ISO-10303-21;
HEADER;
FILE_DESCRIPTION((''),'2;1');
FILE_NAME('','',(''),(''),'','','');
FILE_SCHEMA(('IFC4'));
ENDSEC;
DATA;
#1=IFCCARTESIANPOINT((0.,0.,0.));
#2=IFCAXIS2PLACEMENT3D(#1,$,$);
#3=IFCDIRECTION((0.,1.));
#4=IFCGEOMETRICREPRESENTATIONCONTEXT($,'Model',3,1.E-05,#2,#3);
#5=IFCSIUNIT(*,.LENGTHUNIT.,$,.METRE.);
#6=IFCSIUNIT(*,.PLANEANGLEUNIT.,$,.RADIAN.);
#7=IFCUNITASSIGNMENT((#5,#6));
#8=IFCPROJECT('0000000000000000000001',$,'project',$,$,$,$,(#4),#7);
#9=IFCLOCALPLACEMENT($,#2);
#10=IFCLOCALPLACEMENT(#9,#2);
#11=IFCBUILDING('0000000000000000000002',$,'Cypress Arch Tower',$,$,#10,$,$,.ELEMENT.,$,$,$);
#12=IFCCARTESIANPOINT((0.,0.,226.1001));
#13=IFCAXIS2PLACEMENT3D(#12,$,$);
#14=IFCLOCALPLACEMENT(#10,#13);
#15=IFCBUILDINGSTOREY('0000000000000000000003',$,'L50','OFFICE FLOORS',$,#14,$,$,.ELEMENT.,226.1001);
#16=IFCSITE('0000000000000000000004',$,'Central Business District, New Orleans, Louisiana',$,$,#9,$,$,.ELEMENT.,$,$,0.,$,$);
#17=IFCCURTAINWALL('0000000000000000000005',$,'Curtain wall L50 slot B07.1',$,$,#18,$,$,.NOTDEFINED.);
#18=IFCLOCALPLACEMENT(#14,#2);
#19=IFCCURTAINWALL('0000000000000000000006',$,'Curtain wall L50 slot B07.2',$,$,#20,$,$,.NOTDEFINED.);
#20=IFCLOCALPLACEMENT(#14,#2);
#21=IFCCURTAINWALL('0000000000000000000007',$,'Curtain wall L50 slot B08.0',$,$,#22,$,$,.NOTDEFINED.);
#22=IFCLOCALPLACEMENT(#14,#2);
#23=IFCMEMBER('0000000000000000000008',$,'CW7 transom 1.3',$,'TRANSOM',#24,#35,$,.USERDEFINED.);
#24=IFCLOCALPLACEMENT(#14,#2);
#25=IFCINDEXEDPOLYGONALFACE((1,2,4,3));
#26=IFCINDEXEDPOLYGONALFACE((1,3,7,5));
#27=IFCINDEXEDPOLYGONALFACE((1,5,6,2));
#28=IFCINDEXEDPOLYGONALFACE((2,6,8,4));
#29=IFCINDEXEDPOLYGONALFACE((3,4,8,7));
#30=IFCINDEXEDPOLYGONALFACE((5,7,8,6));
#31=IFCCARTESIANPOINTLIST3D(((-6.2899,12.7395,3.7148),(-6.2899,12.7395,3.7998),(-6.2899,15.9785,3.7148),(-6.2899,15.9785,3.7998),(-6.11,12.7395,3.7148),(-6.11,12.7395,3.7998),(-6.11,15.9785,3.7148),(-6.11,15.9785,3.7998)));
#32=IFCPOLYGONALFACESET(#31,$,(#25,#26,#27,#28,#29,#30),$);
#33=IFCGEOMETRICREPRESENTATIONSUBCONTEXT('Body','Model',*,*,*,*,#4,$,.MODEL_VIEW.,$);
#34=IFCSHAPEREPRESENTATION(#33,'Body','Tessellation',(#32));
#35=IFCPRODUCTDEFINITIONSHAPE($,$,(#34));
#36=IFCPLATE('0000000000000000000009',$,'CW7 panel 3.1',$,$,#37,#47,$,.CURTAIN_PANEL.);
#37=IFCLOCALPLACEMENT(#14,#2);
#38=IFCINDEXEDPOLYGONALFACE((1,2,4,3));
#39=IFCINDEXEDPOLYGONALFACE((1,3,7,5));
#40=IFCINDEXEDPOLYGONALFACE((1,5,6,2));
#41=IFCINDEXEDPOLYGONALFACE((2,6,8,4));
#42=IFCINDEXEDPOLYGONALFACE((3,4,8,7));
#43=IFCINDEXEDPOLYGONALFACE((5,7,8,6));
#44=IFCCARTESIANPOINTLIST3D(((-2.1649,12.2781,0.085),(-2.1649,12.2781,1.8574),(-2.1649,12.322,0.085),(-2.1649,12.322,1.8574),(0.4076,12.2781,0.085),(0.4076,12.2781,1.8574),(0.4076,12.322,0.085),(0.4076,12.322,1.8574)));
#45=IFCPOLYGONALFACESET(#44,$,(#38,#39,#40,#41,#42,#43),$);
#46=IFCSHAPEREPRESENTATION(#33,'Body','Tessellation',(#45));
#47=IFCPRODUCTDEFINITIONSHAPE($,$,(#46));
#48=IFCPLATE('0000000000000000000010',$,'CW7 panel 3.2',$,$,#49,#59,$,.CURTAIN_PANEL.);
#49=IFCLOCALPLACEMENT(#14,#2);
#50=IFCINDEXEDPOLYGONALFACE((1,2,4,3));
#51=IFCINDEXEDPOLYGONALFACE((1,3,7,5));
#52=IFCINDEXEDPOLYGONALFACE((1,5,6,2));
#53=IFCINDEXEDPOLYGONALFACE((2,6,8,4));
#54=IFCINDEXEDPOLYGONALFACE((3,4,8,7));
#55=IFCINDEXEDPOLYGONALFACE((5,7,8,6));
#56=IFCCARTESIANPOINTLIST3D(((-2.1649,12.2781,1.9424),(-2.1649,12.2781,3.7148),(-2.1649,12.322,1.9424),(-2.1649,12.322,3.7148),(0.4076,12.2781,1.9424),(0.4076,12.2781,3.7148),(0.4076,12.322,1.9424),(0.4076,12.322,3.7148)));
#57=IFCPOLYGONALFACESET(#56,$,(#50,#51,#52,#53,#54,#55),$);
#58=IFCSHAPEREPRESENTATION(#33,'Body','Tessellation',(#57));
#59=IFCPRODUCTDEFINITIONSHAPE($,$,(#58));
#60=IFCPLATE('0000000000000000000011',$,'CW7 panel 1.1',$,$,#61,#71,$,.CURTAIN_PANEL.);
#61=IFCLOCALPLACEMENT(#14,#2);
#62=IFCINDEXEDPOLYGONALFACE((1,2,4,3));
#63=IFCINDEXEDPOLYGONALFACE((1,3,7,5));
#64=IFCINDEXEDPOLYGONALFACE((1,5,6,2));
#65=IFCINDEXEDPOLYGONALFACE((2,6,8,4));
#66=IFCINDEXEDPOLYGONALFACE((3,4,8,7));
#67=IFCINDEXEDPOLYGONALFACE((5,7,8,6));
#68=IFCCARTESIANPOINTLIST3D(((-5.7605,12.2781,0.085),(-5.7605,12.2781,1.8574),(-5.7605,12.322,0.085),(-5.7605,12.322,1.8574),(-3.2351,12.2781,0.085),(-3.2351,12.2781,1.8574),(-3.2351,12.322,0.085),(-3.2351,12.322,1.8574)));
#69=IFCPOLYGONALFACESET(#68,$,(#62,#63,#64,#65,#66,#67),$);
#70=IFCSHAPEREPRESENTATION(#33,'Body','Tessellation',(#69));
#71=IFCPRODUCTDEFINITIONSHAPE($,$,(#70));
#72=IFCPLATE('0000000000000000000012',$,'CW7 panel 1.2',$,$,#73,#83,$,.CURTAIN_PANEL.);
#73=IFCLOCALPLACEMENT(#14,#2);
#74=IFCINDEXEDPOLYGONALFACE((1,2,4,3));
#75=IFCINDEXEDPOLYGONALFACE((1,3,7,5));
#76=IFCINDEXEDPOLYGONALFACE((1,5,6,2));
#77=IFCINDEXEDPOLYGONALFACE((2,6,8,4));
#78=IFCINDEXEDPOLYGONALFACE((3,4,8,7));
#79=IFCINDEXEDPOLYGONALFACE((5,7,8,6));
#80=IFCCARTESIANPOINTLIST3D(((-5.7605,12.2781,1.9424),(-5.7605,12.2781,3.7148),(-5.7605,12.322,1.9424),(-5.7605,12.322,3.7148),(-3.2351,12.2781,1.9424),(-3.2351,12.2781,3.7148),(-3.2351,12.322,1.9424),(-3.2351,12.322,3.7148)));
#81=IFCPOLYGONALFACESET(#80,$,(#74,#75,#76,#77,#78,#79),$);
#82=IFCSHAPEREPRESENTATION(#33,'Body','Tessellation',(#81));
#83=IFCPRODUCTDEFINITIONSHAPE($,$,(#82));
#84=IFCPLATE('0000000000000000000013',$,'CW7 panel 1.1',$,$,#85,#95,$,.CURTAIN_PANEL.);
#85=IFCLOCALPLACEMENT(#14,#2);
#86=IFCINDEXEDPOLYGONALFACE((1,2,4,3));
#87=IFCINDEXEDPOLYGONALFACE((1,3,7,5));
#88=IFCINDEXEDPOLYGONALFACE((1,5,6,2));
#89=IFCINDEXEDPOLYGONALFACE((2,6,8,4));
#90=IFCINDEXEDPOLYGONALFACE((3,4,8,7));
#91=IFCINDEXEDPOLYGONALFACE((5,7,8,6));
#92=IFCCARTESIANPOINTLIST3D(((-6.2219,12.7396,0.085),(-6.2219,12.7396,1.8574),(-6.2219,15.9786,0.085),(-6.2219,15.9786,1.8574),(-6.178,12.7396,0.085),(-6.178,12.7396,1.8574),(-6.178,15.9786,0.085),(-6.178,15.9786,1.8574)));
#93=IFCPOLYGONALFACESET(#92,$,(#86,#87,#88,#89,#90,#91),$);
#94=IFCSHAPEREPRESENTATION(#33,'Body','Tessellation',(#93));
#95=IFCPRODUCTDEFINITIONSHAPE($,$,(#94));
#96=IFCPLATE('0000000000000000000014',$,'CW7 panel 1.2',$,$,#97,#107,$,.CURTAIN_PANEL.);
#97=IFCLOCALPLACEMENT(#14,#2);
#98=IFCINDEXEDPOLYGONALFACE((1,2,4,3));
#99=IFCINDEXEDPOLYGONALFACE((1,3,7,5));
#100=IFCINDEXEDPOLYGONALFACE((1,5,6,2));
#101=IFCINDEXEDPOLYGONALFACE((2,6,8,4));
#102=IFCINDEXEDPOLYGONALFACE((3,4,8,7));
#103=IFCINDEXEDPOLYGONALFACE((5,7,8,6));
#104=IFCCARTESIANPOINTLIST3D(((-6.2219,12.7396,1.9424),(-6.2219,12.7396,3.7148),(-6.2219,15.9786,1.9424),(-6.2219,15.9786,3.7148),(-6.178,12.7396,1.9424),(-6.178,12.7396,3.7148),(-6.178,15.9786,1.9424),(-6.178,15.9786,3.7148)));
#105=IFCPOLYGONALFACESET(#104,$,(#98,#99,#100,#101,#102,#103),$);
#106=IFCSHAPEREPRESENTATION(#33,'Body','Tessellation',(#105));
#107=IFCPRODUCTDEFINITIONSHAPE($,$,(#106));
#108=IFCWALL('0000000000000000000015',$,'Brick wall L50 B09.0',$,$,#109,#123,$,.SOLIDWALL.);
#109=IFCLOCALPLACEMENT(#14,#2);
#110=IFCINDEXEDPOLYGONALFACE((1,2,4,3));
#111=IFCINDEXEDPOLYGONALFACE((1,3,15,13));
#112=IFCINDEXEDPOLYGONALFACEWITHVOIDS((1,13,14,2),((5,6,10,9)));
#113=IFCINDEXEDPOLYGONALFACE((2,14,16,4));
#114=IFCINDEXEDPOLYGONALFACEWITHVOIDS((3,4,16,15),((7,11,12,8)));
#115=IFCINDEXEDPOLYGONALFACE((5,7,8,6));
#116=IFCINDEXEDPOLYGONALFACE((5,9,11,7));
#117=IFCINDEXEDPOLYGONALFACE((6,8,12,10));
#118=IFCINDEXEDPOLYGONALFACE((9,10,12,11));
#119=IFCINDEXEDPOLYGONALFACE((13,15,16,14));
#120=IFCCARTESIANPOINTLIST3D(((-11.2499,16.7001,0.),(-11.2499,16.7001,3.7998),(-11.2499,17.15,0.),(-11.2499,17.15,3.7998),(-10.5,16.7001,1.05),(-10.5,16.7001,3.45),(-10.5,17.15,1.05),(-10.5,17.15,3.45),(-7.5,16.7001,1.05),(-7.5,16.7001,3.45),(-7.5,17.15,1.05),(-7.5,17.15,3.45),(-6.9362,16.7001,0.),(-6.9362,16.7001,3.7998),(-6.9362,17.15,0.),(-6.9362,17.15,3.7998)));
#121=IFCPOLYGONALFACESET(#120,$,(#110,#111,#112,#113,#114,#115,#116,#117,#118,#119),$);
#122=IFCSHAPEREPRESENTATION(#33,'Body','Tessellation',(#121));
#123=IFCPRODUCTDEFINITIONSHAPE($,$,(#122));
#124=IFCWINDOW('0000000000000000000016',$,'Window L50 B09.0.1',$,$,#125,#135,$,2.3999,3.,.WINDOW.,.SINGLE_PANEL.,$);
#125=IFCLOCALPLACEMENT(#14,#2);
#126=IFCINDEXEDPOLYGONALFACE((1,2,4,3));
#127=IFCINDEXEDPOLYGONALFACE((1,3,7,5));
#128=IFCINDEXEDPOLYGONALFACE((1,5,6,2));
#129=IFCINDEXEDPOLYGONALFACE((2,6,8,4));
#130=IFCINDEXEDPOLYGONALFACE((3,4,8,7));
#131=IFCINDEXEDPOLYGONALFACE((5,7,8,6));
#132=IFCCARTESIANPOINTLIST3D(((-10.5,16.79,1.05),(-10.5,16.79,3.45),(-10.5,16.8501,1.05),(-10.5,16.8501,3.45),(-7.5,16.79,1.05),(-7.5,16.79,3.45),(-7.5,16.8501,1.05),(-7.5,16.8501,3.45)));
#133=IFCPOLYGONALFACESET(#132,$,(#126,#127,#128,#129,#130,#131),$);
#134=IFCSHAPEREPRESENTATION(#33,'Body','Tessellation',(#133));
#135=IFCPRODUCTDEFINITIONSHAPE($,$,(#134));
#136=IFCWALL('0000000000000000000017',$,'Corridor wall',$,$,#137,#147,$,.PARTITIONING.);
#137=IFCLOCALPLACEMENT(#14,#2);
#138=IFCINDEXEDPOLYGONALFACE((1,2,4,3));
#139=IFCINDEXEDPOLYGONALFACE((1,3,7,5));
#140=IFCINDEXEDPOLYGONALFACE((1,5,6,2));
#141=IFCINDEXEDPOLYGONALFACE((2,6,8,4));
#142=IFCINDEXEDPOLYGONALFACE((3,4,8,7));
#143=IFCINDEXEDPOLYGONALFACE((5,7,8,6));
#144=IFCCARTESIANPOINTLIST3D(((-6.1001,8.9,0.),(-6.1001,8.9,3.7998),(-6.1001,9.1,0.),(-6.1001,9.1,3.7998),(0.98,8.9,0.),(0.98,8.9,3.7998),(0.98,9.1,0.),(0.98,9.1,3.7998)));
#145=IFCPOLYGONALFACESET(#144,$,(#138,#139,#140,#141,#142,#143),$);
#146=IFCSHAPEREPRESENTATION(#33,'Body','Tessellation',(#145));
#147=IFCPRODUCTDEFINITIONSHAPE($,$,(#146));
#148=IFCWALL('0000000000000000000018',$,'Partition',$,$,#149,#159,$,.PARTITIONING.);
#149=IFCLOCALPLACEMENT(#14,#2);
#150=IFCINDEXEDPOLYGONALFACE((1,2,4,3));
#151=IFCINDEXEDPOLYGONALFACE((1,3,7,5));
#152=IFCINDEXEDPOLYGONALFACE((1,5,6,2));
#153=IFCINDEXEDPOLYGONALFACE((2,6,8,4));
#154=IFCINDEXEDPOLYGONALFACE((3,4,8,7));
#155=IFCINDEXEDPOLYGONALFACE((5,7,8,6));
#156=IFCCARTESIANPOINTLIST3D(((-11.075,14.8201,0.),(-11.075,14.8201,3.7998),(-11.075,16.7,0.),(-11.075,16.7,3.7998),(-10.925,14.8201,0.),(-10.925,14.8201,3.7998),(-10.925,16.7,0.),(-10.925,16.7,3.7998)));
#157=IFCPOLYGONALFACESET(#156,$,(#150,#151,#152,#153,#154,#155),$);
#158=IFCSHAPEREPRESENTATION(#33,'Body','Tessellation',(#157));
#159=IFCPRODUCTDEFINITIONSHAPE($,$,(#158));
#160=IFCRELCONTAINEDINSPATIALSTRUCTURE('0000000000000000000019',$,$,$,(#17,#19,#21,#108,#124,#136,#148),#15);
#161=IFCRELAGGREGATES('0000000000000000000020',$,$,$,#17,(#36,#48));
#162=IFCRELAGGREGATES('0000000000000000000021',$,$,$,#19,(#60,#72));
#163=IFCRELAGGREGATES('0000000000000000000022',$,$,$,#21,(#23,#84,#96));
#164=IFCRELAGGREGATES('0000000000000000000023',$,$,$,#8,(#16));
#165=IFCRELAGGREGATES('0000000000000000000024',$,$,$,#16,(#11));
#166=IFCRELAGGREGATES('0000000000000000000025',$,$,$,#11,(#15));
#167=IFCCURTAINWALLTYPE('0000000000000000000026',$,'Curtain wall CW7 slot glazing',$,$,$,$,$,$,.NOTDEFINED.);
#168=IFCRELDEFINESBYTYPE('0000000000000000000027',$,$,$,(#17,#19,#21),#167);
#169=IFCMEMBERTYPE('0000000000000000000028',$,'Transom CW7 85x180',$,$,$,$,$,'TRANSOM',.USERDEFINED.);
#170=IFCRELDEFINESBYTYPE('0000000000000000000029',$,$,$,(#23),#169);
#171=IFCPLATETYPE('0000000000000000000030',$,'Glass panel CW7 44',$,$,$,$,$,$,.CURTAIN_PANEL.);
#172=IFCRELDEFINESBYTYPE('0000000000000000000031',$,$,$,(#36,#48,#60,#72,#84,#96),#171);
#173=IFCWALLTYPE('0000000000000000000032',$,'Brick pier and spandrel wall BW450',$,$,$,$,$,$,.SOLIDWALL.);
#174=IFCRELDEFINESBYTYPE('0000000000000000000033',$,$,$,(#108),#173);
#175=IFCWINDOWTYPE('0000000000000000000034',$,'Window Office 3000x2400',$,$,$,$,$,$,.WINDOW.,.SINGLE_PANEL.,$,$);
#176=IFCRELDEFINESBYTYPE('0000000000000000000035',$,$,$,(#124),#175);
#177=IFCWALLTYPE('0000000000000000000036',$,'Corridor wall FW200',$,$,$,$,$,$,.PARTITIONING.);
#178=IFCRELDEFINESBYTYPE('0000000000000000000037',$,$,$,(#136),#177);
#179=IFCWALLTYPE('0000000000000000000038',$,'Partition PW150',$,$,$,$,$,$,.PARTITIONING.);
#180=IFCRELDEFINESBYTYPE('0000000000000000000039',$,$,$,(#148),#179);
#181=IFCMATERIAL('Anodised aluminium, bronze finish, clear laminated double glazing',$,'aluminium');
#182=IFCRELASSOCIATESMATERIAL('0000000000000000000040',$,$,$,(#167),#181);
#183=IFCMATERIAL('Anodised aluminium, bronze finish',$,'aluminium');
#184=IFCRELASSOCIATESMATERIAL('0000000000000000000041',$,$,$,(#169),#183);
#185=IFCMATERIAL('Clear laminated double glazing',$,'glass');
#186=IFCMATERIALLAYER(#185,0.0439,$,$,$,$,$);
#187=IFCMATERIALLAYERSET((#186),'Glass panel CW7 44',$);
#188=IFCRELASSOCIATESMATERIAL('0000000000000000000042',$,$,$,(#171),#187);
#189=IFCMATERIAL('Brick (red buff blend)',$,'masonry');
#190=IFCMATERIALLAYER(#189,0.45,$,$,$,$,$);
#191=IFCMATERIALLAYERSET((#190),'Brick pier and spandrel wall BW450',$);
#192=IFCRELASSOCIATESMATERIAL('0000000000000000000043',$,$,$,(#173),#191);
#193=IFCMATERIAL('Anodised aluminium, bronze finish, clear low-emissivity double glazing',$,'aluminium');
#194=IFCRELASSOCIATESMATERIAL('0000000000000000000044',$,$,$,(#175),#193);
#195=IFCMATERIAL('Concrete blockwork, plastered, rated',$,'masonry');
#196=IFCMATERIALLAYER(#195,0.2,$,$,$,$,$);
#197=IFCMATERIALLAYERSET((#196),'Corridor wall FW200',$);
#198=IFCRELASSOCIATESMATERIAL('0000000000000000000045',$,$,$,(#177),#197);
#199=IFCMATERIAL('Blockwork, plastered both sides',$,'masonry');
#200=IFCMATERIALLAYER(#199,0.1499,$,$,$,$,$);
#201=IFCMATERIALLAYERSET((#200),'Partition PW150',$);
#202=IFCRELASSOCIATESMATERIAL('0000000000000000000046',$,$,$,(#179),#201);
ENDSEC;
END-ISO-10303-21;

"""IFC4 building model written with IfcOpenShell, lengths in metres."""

from ifc_helpers import new_model, si_unit, direction, frame, frame_2d, origin, origin_2d, place, context, subcontext, project, spatial, rectangle, extrude, material, layer, layer_set, material_profile, profile_set, type_object, element, fill, aggregate, save


model = new_model("IFC4")

# Units and contexts
model_context = context("Model", 3, precision=1e-05, world=origin(), true_north=direction((0.0, 1.0)))
body_context = subcontext(model_context, "Body", "Model", "MODEL_VIEW")
ifc_project = project(units=[si_unit("LENGTHUNIT", "METRE"), si_unit("PLANEANGLEUNIT", "RADIAN")], contexts=[model_context])

# Site, building, storey
site_placement = place(None, origin())
site = spatial("IfcSite", under=ifc_project, at=site_placement, Name="Central Business District, New Orleans, Louisiana", CompositionType="ELEMENT", RefElevation=0.0)
building_placement = place(site_placement, origin())
building = spatial("IfcBuilding", under=site, at=building_placement, Name="Cypress Arch Tower", CompositionType="ELEMENT")
storey_placement = place(building_placement, frame((0.0, 0.0, 226.1001)))
storey = spatial("IfcBuildingStorey", under=building, at=storey_placement, Name="L50", Description="OFFICE FLOORS", CompositionType="ELEMENT", Elevation=226.1001)

# Curtain wall
ifc_material_1 = material(Name="Anodised aluminium, bronze finish, clear laminated double glazing", Category="aluminium")
curtain_wall_type = type_object("IfcCurtainWallType", Name="Curtain wall CW7 slot glazing", PredefinedType="NOTDEFINED", material=ifc_material_1)
curtain_wall_1_placement = place(storey_placement, origin())
curtain_wall_1 = element("IfcCurtainWall", 1, at=curtain_wall_1_placement, inside=storey, type_object=curtain_wall_type, Name="Curtain wall L50 slot B07.1", PredefinedType="NOTDEFINED")

# Curtain walls
curtain_wall_2_placement = place(storey_placement, origin())
curtain_wall_2 = element("IfcCurtainWall", 2, at=curtain_wall_2_placement, inside=storey, type_object=curtain_wall_type, Name="Curtain wall L50 slot B07.2", PredefinedType="NOTDEFINED")
curtain_wall_3_placement = place(storey_placement, origin())
curtain_wall_3 = element("IfcCurtainWall", 3, at=curtain_wall_3_placement, inside=storey, type_object=curtain_wall_type, Name="Curtain wall L50 slot B08.0", PredefinedType="NOTDEFINED")

# Member
ifc_material_2 = material(Name="Anodised aluminium, bronze finish", Category="aluminium")
ifc_material_profile_1 = material_profile(ifc_material_2, rectangle(XDim=0.1799, YDim=0.085, at=origin_2d()), Name="Transom 85x180")
ifc_profile_set_1 = profile_set([ifc_material_profile_1], Name="Anodised aluminium, bronze finish")
member_type_1 = type_object("IfcMemberType", Name="Transom CW7 85x180", ElementType="TRANSOM", PredefinedType="USERDEFINED", material=ifc_profile_set_1)
member_1_placement = place(storey_placement, frame((-6.2, 12.7395, 3.7573), z_axis=(0.0, 1.0, 0.0), x_axis=(-1.0, 0.0, 0.0)))
member_1 = element("IfcMember", 4, at=member_1_placement, type_object=member_type_1, Name="CW7 transom 1.3", ObjectType="TRANSOM", PredefinedType="USERDEFINED", context=body_context, shape_type="SweptSolid", body=[
    extrude(rectangle(XDim=0.1799, YDim=0.085, at=origin_2d()), origin(), (0.0, 0.0, 1.0), 3.239),
])

# Plates
ifc_material_3 = material(Name="Clear laminated double glazing", Category="glass")
ifc_layer_1 = layer(ifc_material_3, 0.0439)
ifc_layer_set_1 = layer_set([ifc_layer_1], Name="Glass panel CW7 44")
plate_type = type_object("IfcPlateType", Name="Glass panel CW7 44", PredefinedType="CURTAIN_PANEL", material=ifc_layer_set_1)
plate_1_placement = place(storey_placement, frame((-0.8787, 12.3, 0.085), z_axis=(0.0, 0.0, 1.0), x_axis=(-1.0, 0.0, 0.0)))
plate_1 = element("IfcPlate", 5, at=plate_1_placement, type_object=plate_type, Name="CW7 panel 3.1", PredefinedType="CURTAIN_PANEL", context=body_context, shape_type="SweptSolid", body=[
    extrude(rectangle(XDim=2.5725, YDim=0.0439, at=origin_2d()), origin(), (0.0, 0.0, 1.0), 1.7725),
])
plate_2_placement = place(storey_placement, frame((-0.8787, 12.3, 1.9424), z_axis=(0.0, 0.0, 1.0), x_axis=(-1.0, 0.0, 0.0)))
plate_2 = element("IfcPlate", 6, at=plate_2_placement, type_object=plate_type, Name="CW7 panel 3.2", PredefinedType="CURTAIN_PANEL", context=body_context, shape_type="SweptSolid", body=[
    extrude(rectangle(XDim=2.5725, YDim=0.0439, at=origin_2d()), origin(), (0.0, 0.0, 1.0), 1.7725),
])
aggregate(curtain_wall_1, [plate_1, plate_2])
plate_3_placement = place(storey_placement, frame((-4.4978, 12.3, 0.085), z_axis=(0.0, 0.0, 1.0), x_axis=(-1.0, 0.0, 0.0)))
plate_3 = element("IfcPlate", 7, at=plate_3_placement, type_object=plate_type, Name="CW7 panel 1.1", PredefinedType="CURTAIN_PANEL", context=body_context, shape_type="SweptSolid", body=[
    extrude(rectangle(XDim=2.5254, YDim=0.0439, at=origin_2d()), origin(), (0.0, 0.0, 1.0), 1.7725),
])
plate_4_placement = place(storey_placement, frame((-4.4978, 12.3, 1.9424), z_axis=(0.0, 0.0, 1.0), x_axis=(-1.0, 0.0, 0.0)))
plate_4 = element("IfcPlate", 8, at=plate_4_placement, type_object=plate_type, Name="CW7 panel 1.2", PredefinedType="CURTAIN_PANEL", context=body_context, shape_type="SweptSolid", body=[
    extrude(rectangle(XDim=2.5254, YDim=0.0439, at=origin_2d()), origin(), (0.0, 0.0, 1.0), 1.7725),
])
aggregate(curtain_wall_2, [plate_3, plate_4])
plate_5_placement = place(storey_placement, frame((-6.2, 14.3591, 0.085), z_axis=(0.0, 0.0, 1.0), x_axis=(0.0, 1.0, 0.0)))
plate_5 = element("IfcPlate", 9, at=plate_5_placement, type_object=plate_type, Name="CW7 panel 1.1", PredefinedType="CURTAIN_PANEL", context=body_context, shape_type="SweptSolid", body=[
    extrude(rectangle(XDim=3.239, YDim=0.0439, at=origin_2d()), origin(), (0.0, 0.0, 1.0), 1.7725),
])
plate_6_placement = place(storey_placement, frame((-6.2, 14.3591, 1.9424), z_axis=(0.0, 0.0, 1.0), x_axis=(0.0, 1.0, 0.0)))
plate_6 = element("IfcPlate", 10, at=plate_6_placement, type_object=plate_type, Name="CW7 panel 1.2", PredefinedType="CURTAIN_PANEL", context=body_context, shape_type="SweptSolid", body=[
    extrude(rectangle(XDim=3.239, YDim=0.0439, at=origin_2d()), origin(), (0.0, 0.0, 1.0), 1.7725),
])
aggregate(curtain_wall_3, [member_1, plate_5, plate_6])

# Wall, opening, window
ifc_material_4 = material(Name="Brick (red buff blend)", Category="masonry")
ifc_layer_2 = layer(ifc_material_4, 0.45)
ifc_layer_set_2 = layer_set([ifc_layer_2], Name="Brick pier and spandrel wall BW450")
wall_type_1 = type_object("IfcWallType", Name="Brick pier and spandrel wall BW450", PredefinedType="SOLIDWALL", material=ifc_layer_set_2)
wall_1_placement = place(storey_placement, frame((-6.9363, 16.925, 0.0), z_axis=(0.0, 0.0, 1.0), x_axis=(-1.0, 0.0, 0.0)))
wall_1 = element("IfcWall", 11, at=wall_1_placement, inside=storey, type_object=wall_type_1, Name="Brick wall L50 B09.0", PredefinedType="SOLIDWALL", context=body_context, shape_type="SweptSolid", body=[
    extrude(rectangle(XDim=4.3137, YDim=0.45, at=frame_2d((2.1567, 0.0))), origin(), (0.0, 0.0, 1.0), 3.7998),
])
opening_1_placement = place(wall_1_placement, frame((0.5637, 0.0, 1.05)))
opening_1 = element("IfcOpeningElement", 12, at=opening_1_placement, cuts=wall_1, PredefinedType="OPENING", context=body_context, shape_type="SweptSolid", body=[
    extrude(rectangle(XDim=3.0, YDim=2.3999, at=frame_2d((1.5, 1.2))), frame((0.0, 0.2349, 0.0), z_axis=(0.0, -1.0, 0.0), x_axis=(1.0, 0.0, 0.0)), (0.0, 0.0, 1.0), 0.47),
])
ifc_material_5 = material(Name="Anodised aluminium, bronze finish, clear low-emissivity double glazing", Category="aluminium")
window_type = type_object("IfcWindowType", Name="Window Office 3000x2400", PartitioningType="SINGLE_PANEL", PredefinedType="WINDOW", material=ifc_material_5)
window_placement = place(opening_1_placement, origin())
window = element("IfcWindow", 13, at=window_placement, inside=storey, type_object=window_type, Name="Window L50 B09.0.1", OverallHeight=2.3999, OverallWidth=3.0, PartitioningType="SINGLE_PANEL", PredefinedType="WINDOW", context=body_context, shape_type="SweptSolid", body=[
    extrude(rectangle(XDim=3.0, YDim=2.3999, at=frame_2d((1.5, 1.2))), frame((0.0, 0.135, 0.0), z_axis=(0.0, -1.0, 0.0), x_axis=(1.0, 0.0, 0.0)), (0.0, 0.0, 1.0), 0.0601),
])
fill(opening_1, window)

# Shared definitions
ifc_material_6 = material(Name="Concrete blockwork, plastered, rated", Category="masonry")
ifc_layer_3 = layer(ifc_material_6, 0.2)
ifc_layer_set_3 = layer_set([ifc_layer_3], Name="Corridor wall FW200")
wall_type_2 = type_object("IfcWallType", Name="Corridor wall FW200", PredefinedType="PARTITIONING", material=ifc_layer_set_3)

# Walls
wall_2_placement = place(storey_placement, frame((-6.1001, 9.0, 0.0), z_axis=(0.0, 0.0, 1.0), x_axis=(1.0, 0.0, 0.0)))
element("IfcWall", 14, at=wall_2_placement, inside=storey, type_object=wall_type_2, Name="Corridor wall", PredefinedType="PARTITIONING", context=body_context, shape_type="SweptSolid", body=[
    extrude(rectangle(XDim=7.0801, YDim=0.2, at=frame_2d((3.54, 0.0))), origin(), (0.0, 0.0, 1.0), 3.7998),
])
ifc_material_7 = material(Name="Blockwork, plastered both sides", Category="masonry")
ifc_layer_4 = layer(ifc_material_7, 0.1499)
ifc_layer_set_4 = layer_set([ifc_layer_4], Name="Partition PW150")
wall_type_3 = type_object("IfcWallType", Name="Partition PW150", PredefinedType="PARTITIONING", material=ifc_layer_set_4)
wall_3_placement = place(storey_placement, frame((-11.0, 14.8201, 0.0), z_axis=(0.0, 0.0, 1.0), x_axis=(0.0, 1.0, 0.0)))
element("IfcWall", 15, at=wall_3_placement, inside=storey, type_object=wall_type_3, Name="Partition", PredefinedType="PARTITIONING", context=body_context, shape_type="SweptSolid", body=[
    extrude(rectangle(XDim=1.8799, YDim=0.1499, at=frame_2d((0.9399, 0.0))), origin(), (0.0, 0.0, 1.0), 3.7998),
])

save(model, "model.ifc")
